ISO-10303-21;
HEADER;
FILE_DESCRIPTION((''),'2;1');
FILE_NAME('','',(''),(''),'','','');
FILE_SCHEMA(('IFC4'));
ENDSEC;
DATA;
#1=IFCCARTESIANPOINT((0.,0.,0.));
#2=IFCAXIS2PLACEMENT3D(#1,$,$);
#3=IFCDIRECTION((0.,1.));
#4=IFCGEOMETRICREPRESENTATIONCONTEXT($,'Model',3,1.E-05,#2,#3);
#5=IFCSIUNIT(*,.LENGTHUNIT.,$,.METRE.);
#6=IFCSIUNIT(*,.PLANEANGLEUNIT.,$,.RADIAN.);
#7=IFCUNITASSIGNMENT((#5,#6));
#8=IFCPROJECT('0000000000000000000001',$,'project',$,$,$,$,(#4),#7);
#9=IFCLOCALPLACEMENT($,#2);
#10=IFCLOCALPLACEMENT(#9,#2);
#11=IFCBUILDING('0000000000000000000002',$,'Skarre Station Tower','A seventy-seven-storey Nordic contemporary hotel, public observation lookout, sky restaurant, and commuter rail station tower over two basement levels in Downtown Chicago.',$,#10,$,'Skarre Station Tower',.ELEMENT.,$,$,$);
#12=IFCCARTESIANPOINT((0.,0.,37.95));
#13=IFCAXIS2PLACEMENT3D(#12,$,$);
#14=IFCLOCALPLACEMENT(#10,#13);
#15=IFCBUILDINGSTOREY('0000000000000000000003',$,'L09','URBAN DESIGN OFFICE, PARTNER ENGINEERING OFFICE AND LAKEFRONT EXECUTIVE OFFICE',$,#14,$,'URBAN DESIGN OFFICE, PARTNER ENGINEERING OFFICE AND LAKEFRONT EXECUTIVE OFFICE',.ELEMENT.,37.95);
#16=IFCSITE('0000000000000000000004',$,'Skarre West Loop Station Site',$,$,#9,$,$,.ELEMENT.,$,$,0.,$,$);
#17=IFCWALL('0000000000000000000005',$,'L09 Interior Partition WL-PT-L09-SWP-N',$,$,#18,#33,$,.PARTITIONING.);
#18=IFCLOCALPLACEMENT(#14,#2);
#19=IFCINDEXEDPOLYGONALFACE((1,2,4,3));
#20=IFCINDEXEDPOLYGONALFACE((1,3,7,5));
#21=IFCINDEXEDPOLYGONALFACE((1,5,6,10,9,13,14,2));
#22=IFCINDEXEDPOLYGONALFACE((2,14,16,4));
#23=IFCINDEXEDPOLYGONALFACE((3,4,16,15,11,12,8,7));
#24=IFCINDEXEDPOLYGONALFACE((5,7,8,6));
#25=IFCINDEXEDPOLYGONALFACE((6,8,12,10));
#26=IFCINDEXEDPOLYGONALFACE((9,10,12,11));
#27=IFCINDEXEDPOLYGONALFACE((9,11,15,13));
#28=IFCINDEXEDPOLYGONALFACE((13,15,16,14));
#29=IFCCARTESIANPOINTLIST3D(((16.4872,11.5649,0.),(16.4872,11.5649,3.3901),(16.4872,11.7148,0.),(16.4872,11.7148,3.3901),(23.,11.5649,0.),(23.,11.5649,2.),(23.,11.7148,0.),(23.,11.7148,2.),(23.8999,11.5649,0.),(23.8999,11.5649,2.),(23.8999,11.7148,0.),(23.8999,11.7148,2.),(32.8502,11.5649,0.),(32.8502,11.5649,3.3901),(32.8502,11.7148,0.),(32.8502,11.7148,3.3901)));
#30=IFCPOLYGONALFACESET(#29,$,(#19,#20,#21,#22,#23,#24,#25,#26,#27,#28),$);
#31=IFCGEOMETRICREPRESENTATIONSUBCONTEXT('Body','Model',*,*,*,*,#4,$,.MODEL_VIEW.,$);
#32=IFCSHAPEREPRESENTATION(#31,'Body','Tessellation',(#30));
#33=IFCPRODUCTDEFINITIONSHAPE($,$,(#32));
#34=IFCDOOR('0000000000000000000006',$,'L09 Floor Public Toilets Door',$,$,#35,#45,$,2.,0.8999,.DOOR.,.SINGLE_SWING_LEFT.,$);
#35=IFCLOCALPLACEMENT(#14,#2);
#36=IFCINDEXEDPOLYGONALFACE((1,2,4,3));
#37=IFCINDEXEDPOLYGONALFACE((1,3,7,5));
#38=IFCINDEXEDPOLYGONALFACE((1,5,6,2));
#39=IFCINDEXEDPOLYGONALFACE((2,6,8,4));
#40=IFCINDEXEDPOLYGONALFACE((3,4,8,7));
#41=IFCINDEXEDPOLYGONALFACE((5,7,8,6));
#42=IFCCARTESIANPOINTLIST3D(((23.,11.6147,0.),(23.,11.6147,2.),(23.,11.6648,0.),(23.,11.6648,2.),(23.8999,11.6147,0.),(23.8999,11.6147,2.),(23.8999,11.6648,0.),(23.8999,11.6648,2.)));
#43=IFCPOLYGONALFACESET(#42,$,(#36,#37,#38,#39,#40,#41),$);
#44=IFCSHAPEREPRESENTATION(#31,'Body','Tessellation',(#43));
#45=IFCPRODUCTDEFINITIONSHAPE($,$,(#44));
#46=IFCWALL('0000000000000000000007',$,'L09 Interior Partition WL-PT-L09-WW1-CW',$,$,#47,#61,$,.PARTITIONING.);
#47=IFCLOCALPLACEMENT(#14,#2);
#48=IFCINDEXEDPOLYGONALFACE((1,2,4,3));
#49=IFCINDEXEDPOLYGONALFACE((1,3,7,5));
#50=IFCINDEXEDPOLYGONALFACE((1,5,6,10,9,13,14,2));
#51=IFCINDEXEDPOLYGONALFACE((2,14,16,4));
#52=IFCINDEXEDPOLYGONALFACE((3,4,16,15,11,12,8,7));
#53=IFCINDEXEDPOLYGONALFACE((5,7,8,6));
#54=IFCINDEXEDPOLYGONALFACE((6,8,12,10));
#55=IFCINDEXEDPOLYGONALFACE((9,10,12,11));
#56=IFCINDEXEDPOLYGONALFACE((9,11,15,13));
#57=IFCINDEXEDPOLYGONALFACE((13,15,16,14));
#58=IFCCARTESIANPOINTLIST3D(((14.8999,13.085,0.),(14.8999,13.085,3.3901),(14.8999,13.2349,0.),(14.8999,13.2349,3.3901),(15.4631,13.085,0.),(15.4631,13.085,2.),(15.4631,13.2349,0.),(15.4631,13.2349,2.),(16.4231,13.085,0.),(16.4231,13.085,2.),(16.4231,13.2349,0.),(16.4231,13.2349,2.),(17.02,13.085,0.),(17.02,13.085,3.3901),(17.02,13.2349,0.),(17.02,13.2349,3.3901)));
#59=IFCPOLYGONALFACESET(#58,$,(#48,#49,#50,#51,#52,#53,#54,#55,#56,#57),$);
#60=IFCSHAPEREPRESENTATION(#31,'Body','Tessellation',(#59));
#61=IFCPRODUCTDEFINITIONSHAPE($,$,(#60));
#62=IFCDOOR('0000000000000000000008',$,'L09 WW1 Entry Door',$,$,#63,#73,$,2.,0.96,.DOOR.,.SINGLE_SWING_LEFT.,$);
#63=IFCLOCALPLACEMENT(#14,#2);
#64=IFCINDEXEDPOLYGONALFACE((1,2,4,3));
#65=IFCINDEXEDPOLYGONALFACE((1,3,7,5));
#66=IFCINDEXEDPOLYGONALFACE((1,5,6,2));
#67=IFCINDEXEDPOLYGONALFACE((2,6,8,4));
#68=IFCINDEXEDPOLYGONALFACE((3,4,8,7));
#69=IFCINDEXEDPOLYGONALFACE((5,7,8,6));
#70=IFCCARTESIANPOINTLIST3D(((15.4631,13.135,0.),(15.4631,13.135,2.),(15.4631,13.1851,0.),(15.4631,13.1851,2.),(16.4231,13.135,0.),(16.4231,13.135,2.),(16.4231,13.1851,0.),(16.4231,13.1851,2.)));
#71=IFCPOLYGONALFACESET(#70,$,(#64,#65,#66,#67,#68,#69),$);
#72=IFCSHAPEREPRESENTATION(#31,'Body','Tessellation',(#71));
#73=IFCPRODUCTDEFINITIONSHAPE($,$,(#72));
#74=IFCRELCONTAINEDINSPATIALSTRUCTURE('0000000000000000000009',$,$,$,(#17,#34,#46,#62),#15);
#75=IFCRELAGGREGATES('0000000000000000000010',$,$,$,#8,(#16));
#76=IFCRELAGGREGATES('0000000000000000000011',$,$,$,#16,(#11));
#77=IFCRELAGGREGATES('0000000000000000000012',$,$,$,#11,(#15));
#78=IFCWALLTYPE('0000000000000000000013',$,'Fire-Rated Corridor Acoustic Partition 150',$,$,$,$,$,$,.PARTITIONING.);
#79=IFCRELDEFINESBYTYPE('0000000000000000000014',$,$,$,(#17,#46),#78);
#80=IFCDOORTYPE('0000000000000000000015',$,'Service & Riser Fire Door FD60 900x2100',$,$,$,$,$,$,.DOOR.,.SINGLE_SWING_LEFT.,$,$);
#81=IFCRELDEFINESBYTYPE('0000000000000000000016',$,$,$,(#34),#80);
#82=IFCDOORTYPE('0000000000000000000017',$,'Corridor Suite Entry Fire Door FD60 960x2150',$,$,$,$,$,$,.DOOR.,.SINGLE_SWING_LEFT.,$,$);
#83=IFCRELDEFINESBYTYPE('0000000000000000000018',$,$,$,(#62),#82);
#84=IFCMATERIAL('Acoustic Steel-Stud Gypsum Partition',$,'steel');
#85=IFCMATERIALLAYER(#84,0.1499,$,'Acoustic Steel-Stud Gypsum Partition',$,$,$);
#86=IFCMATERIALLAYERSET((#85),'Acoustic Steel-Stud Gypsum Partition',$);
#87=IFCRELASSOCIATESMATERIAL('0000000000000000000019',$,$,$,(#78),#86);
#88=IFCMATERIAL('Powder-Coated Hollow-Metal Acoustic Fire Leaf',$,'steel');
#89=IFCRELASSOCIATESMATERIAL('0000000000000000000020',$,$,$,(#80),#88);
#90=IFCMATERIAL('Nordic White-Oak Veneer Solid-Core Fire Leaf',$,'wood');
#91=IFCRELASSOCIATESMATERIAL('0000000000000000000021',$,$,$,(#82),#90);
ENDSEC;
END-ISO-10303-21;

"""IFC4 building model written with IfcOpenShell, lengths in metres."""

from ifc_helpers import new_model, si_unit, direction, frame, frame_2d, origin, place, context, subcontext, project, spatial, rectangle, extrude, material, layer, layer_set, type_object, element, fill, save


model = new_model("IFC4")

# Units and contexts
model_context = context("Model", 3, precision=1e-05, world=origin(), true_north=direction((0.0, 1.0)))
body_context = subcontext(model_context, "Body", "Model", "MODEL_VIEW")
ifc_project = project(units=[si_unit("LENGTHUNIT", "METRE"), si_unit("PLANEANGLEUNIT", "RADIAN")], contexts=[model_context])

# Site, building, storey
site_placement = place(None, origin())
site = spatial("IfcSite", under=ifc_project, at=site_placement, Name="Skarre West Loop Station Site", CompositionType="ELEMENT", RefElevation=0.0)
building_placement = place(site_placement, origin())
building = spatial("IfcBuilding", under=site, at=building_placement, Name="Skarre Station Tower", Description="A seventy-seven-storey Nordic contemporary hotel, public observation lookout, sky restaurant, and commuter rail station tower over two basement levels in Downtown Chicago.", LongName="Skarre Station Tower", CompositionType="ELEMENT")
storey_placement = place(building_placement, frame((0.0, 0.0, 37.95)))
storey = spatial("IfcBuildingStorey", under=building, at=storey_placement, Name="L09", Description="URBAN DESIGN OFFICE, PARTNER ENGINEERING OFFICE AND LAKEFRONT EXECUTIVE OFFICE", LongName="URBAN DESIGN OFFICE, PARTNER ENGINEERING OFFICE AND LAKEFRONT EXECUTIVE OFFICE", CompositionType="ELEMENT", Elevation=37.95)

# Shared definitions
ifc_material_1 = material(Name="Acoustic Steel-Stud Gypsum Partition", Category="steel")
ifc_layer_1 = layer(ifc_material_1, 0.1499, Name="Acoustic Steel-Stud Gypsum Partition")
ifc_layer_set_1 = layer_set([ifc_layer_1], Name="Acoustic Steel-Stud Gypsum Partition")
wall_type_1 = type_object("IfcWallType", Name="Fire-Rated Corridor Acoustic Partition 150", PredefinedType="PARTITIONING", material=ifc_layer_set_1)

# Walls, openings, doors
wall_1_placement = place(storey_placement, frame((16.4871, 11.6399, 0.0), z_axis=(0.0, 0.0, 1.0), x_axis=(1.0, 0.0, 0.0)))
wall_1 = element("IfcWall", 1, at=wall_1_placement, inside=storey, type_object=wall_type_1, Name="L09 Interior Partition WL-PT-L09-SWP-N", PredefinedType="PARTITIONING", context=body_context, shape_type="SweptSolid", body=[
    extrude(rectangle(XDim=16.363, YDim=0.1499, at=frame_2d((8.1816, 0.0))), origin(), (0.0, 0.0, 1.0), 3.3901),
])
opening_1_placement = place(wall_1_placement, frame((6.5129, 0.0, 0.0)))
opening_1 = element("IfcOpeningElement", 2, at=opening_1_placement, cuts=wall_1, PredefinedType="OPENING", context=body_context, shape_type="SweptSolid", body=[
    extrude(rectangle(XDim=0.8999, YDim=2.0, at=frame_2d((0.45, 1.0))), frame((0.0, 0.085, 0.0), z_axis=(0.0, -1.0, 0.0), x_axis=(1.0, 0.0, 0.0)), (0.0, 0.0, 1.0), 0.1699),
])
ifc_material_2 = material(Name="Powder-Coated Hollow-Metal Acoustic Fire Leaf", Category="steel")
door_type_1 = type_object("IfcDoorType", Name="Service & Riser Fire Door FD60 900x2100", OperationType="SINGLE_SWING_LEFT", PredefinedType="DOOR", material=ifc_material_2)
door_1_placement = place(opening_1_placement, origin())
door_1 = element("IfcDoor", 3, at=door_1_placement, inside=storey, type_object=door_type_1, Name="L09 Floor Public Toilets Door", OperationType="SINGLE_SWING_LEFT", OverallHeight=2.0, OverallWidth=0.8999, PredefinedType="DOOR", context=body_context, shape_type="SweptSolid", body=[
    extrude(rectangle(XDim=0.8999, YDim=2.0, at=frame_2d((0.45, 1.0))), frame((0.0, 0.0249, 0.0), z_axis=(0.0, -1.0, 0.0), x_axis=(1.0, 0.0, 0.0)), (0.0, 0.0, 1.0), 0.05),
])
fill(opening_1, door_1)
wall_2_placement = place(storey_placement, frame((17.02, 13.1599, 0.0), z_axis=(0.0, 0.0, 1.0), x_axis=(-1.0, 0.0, 0.0)))
wall_2 = element("IfcWall", 4, at=wall_2_placement, inside=storey, type_object=wall_type_1, Name="L09 Interior Partition WL-PT-L09-WW1-CW", PredefinedType="PARTITIONING", context=body_context, shape_type="SweptSolid", body=[
    extrude(rectangle(XDim=2.1201, YDim=0.1499, at=frame_2d((1.0601, 0.0))), origin(), (0.0, 0.0, 1.0), 3.3901),
])
opening_2_placement = place(wall_2_placement, frame((0.5969, 0.0, 0.0)))
opening_2 = element("IfcOpeningElement", 5, at=opening_2_placement, cuts=wall_2, PredefinedType="OPENING", context=body_context, shape_type="SweptSolid", body=[
    extrude(rectangle(XDim=0.96, YDim=2.0, at=frame_2d((0.48, 1.0))), frame((0.0, 0.085, 0.0), z_axis=(0.0, -1.0, 0.0), x_axis=(1.0, 0.0, 0.0)), (0.0, 0.0, 1.0), 0.1699),
])
ifc_material_3 = material(Name="Nordic White-Oak Veneer Solid-Core Fire Leaf", Category="wood")
door_type_2 = type_object("IfcDoorType", Name="Corridor Suite Entry Fire Door FD60 960x2150", OperationType="SINGLE_SWING_LEFT", PredefinedType="DOOR", material=ifc_material_3)
door_2_placement = place(opening_2_placement, origin())
door_2 = element("IfcDoor", 6, at=door_2_placement, inside=storey, type_object=door_type_2, Name="L09 WW1 Entry Door", OperationType="SINGLE_SWING_LEFT", OverallHeight=2.0, OverallWidth=0.96, PredefinedType="DOOR", context=body_context, shape_type="SweptSolid", body=[
    extrude(rectangle(XDim=0.96, YDim=2.0, at=frame_2d((0.48, 1.0))), frame((0.0, 0.0249, 0.0), z_axis=(0.0, -1.0, 0.0), x_axis=(1.0, 0.0, 0.0)), (0.0, 0.0, 1.0), 0.05),
])
fill(opening_2, door_2)

save(model, "model.ifc")
